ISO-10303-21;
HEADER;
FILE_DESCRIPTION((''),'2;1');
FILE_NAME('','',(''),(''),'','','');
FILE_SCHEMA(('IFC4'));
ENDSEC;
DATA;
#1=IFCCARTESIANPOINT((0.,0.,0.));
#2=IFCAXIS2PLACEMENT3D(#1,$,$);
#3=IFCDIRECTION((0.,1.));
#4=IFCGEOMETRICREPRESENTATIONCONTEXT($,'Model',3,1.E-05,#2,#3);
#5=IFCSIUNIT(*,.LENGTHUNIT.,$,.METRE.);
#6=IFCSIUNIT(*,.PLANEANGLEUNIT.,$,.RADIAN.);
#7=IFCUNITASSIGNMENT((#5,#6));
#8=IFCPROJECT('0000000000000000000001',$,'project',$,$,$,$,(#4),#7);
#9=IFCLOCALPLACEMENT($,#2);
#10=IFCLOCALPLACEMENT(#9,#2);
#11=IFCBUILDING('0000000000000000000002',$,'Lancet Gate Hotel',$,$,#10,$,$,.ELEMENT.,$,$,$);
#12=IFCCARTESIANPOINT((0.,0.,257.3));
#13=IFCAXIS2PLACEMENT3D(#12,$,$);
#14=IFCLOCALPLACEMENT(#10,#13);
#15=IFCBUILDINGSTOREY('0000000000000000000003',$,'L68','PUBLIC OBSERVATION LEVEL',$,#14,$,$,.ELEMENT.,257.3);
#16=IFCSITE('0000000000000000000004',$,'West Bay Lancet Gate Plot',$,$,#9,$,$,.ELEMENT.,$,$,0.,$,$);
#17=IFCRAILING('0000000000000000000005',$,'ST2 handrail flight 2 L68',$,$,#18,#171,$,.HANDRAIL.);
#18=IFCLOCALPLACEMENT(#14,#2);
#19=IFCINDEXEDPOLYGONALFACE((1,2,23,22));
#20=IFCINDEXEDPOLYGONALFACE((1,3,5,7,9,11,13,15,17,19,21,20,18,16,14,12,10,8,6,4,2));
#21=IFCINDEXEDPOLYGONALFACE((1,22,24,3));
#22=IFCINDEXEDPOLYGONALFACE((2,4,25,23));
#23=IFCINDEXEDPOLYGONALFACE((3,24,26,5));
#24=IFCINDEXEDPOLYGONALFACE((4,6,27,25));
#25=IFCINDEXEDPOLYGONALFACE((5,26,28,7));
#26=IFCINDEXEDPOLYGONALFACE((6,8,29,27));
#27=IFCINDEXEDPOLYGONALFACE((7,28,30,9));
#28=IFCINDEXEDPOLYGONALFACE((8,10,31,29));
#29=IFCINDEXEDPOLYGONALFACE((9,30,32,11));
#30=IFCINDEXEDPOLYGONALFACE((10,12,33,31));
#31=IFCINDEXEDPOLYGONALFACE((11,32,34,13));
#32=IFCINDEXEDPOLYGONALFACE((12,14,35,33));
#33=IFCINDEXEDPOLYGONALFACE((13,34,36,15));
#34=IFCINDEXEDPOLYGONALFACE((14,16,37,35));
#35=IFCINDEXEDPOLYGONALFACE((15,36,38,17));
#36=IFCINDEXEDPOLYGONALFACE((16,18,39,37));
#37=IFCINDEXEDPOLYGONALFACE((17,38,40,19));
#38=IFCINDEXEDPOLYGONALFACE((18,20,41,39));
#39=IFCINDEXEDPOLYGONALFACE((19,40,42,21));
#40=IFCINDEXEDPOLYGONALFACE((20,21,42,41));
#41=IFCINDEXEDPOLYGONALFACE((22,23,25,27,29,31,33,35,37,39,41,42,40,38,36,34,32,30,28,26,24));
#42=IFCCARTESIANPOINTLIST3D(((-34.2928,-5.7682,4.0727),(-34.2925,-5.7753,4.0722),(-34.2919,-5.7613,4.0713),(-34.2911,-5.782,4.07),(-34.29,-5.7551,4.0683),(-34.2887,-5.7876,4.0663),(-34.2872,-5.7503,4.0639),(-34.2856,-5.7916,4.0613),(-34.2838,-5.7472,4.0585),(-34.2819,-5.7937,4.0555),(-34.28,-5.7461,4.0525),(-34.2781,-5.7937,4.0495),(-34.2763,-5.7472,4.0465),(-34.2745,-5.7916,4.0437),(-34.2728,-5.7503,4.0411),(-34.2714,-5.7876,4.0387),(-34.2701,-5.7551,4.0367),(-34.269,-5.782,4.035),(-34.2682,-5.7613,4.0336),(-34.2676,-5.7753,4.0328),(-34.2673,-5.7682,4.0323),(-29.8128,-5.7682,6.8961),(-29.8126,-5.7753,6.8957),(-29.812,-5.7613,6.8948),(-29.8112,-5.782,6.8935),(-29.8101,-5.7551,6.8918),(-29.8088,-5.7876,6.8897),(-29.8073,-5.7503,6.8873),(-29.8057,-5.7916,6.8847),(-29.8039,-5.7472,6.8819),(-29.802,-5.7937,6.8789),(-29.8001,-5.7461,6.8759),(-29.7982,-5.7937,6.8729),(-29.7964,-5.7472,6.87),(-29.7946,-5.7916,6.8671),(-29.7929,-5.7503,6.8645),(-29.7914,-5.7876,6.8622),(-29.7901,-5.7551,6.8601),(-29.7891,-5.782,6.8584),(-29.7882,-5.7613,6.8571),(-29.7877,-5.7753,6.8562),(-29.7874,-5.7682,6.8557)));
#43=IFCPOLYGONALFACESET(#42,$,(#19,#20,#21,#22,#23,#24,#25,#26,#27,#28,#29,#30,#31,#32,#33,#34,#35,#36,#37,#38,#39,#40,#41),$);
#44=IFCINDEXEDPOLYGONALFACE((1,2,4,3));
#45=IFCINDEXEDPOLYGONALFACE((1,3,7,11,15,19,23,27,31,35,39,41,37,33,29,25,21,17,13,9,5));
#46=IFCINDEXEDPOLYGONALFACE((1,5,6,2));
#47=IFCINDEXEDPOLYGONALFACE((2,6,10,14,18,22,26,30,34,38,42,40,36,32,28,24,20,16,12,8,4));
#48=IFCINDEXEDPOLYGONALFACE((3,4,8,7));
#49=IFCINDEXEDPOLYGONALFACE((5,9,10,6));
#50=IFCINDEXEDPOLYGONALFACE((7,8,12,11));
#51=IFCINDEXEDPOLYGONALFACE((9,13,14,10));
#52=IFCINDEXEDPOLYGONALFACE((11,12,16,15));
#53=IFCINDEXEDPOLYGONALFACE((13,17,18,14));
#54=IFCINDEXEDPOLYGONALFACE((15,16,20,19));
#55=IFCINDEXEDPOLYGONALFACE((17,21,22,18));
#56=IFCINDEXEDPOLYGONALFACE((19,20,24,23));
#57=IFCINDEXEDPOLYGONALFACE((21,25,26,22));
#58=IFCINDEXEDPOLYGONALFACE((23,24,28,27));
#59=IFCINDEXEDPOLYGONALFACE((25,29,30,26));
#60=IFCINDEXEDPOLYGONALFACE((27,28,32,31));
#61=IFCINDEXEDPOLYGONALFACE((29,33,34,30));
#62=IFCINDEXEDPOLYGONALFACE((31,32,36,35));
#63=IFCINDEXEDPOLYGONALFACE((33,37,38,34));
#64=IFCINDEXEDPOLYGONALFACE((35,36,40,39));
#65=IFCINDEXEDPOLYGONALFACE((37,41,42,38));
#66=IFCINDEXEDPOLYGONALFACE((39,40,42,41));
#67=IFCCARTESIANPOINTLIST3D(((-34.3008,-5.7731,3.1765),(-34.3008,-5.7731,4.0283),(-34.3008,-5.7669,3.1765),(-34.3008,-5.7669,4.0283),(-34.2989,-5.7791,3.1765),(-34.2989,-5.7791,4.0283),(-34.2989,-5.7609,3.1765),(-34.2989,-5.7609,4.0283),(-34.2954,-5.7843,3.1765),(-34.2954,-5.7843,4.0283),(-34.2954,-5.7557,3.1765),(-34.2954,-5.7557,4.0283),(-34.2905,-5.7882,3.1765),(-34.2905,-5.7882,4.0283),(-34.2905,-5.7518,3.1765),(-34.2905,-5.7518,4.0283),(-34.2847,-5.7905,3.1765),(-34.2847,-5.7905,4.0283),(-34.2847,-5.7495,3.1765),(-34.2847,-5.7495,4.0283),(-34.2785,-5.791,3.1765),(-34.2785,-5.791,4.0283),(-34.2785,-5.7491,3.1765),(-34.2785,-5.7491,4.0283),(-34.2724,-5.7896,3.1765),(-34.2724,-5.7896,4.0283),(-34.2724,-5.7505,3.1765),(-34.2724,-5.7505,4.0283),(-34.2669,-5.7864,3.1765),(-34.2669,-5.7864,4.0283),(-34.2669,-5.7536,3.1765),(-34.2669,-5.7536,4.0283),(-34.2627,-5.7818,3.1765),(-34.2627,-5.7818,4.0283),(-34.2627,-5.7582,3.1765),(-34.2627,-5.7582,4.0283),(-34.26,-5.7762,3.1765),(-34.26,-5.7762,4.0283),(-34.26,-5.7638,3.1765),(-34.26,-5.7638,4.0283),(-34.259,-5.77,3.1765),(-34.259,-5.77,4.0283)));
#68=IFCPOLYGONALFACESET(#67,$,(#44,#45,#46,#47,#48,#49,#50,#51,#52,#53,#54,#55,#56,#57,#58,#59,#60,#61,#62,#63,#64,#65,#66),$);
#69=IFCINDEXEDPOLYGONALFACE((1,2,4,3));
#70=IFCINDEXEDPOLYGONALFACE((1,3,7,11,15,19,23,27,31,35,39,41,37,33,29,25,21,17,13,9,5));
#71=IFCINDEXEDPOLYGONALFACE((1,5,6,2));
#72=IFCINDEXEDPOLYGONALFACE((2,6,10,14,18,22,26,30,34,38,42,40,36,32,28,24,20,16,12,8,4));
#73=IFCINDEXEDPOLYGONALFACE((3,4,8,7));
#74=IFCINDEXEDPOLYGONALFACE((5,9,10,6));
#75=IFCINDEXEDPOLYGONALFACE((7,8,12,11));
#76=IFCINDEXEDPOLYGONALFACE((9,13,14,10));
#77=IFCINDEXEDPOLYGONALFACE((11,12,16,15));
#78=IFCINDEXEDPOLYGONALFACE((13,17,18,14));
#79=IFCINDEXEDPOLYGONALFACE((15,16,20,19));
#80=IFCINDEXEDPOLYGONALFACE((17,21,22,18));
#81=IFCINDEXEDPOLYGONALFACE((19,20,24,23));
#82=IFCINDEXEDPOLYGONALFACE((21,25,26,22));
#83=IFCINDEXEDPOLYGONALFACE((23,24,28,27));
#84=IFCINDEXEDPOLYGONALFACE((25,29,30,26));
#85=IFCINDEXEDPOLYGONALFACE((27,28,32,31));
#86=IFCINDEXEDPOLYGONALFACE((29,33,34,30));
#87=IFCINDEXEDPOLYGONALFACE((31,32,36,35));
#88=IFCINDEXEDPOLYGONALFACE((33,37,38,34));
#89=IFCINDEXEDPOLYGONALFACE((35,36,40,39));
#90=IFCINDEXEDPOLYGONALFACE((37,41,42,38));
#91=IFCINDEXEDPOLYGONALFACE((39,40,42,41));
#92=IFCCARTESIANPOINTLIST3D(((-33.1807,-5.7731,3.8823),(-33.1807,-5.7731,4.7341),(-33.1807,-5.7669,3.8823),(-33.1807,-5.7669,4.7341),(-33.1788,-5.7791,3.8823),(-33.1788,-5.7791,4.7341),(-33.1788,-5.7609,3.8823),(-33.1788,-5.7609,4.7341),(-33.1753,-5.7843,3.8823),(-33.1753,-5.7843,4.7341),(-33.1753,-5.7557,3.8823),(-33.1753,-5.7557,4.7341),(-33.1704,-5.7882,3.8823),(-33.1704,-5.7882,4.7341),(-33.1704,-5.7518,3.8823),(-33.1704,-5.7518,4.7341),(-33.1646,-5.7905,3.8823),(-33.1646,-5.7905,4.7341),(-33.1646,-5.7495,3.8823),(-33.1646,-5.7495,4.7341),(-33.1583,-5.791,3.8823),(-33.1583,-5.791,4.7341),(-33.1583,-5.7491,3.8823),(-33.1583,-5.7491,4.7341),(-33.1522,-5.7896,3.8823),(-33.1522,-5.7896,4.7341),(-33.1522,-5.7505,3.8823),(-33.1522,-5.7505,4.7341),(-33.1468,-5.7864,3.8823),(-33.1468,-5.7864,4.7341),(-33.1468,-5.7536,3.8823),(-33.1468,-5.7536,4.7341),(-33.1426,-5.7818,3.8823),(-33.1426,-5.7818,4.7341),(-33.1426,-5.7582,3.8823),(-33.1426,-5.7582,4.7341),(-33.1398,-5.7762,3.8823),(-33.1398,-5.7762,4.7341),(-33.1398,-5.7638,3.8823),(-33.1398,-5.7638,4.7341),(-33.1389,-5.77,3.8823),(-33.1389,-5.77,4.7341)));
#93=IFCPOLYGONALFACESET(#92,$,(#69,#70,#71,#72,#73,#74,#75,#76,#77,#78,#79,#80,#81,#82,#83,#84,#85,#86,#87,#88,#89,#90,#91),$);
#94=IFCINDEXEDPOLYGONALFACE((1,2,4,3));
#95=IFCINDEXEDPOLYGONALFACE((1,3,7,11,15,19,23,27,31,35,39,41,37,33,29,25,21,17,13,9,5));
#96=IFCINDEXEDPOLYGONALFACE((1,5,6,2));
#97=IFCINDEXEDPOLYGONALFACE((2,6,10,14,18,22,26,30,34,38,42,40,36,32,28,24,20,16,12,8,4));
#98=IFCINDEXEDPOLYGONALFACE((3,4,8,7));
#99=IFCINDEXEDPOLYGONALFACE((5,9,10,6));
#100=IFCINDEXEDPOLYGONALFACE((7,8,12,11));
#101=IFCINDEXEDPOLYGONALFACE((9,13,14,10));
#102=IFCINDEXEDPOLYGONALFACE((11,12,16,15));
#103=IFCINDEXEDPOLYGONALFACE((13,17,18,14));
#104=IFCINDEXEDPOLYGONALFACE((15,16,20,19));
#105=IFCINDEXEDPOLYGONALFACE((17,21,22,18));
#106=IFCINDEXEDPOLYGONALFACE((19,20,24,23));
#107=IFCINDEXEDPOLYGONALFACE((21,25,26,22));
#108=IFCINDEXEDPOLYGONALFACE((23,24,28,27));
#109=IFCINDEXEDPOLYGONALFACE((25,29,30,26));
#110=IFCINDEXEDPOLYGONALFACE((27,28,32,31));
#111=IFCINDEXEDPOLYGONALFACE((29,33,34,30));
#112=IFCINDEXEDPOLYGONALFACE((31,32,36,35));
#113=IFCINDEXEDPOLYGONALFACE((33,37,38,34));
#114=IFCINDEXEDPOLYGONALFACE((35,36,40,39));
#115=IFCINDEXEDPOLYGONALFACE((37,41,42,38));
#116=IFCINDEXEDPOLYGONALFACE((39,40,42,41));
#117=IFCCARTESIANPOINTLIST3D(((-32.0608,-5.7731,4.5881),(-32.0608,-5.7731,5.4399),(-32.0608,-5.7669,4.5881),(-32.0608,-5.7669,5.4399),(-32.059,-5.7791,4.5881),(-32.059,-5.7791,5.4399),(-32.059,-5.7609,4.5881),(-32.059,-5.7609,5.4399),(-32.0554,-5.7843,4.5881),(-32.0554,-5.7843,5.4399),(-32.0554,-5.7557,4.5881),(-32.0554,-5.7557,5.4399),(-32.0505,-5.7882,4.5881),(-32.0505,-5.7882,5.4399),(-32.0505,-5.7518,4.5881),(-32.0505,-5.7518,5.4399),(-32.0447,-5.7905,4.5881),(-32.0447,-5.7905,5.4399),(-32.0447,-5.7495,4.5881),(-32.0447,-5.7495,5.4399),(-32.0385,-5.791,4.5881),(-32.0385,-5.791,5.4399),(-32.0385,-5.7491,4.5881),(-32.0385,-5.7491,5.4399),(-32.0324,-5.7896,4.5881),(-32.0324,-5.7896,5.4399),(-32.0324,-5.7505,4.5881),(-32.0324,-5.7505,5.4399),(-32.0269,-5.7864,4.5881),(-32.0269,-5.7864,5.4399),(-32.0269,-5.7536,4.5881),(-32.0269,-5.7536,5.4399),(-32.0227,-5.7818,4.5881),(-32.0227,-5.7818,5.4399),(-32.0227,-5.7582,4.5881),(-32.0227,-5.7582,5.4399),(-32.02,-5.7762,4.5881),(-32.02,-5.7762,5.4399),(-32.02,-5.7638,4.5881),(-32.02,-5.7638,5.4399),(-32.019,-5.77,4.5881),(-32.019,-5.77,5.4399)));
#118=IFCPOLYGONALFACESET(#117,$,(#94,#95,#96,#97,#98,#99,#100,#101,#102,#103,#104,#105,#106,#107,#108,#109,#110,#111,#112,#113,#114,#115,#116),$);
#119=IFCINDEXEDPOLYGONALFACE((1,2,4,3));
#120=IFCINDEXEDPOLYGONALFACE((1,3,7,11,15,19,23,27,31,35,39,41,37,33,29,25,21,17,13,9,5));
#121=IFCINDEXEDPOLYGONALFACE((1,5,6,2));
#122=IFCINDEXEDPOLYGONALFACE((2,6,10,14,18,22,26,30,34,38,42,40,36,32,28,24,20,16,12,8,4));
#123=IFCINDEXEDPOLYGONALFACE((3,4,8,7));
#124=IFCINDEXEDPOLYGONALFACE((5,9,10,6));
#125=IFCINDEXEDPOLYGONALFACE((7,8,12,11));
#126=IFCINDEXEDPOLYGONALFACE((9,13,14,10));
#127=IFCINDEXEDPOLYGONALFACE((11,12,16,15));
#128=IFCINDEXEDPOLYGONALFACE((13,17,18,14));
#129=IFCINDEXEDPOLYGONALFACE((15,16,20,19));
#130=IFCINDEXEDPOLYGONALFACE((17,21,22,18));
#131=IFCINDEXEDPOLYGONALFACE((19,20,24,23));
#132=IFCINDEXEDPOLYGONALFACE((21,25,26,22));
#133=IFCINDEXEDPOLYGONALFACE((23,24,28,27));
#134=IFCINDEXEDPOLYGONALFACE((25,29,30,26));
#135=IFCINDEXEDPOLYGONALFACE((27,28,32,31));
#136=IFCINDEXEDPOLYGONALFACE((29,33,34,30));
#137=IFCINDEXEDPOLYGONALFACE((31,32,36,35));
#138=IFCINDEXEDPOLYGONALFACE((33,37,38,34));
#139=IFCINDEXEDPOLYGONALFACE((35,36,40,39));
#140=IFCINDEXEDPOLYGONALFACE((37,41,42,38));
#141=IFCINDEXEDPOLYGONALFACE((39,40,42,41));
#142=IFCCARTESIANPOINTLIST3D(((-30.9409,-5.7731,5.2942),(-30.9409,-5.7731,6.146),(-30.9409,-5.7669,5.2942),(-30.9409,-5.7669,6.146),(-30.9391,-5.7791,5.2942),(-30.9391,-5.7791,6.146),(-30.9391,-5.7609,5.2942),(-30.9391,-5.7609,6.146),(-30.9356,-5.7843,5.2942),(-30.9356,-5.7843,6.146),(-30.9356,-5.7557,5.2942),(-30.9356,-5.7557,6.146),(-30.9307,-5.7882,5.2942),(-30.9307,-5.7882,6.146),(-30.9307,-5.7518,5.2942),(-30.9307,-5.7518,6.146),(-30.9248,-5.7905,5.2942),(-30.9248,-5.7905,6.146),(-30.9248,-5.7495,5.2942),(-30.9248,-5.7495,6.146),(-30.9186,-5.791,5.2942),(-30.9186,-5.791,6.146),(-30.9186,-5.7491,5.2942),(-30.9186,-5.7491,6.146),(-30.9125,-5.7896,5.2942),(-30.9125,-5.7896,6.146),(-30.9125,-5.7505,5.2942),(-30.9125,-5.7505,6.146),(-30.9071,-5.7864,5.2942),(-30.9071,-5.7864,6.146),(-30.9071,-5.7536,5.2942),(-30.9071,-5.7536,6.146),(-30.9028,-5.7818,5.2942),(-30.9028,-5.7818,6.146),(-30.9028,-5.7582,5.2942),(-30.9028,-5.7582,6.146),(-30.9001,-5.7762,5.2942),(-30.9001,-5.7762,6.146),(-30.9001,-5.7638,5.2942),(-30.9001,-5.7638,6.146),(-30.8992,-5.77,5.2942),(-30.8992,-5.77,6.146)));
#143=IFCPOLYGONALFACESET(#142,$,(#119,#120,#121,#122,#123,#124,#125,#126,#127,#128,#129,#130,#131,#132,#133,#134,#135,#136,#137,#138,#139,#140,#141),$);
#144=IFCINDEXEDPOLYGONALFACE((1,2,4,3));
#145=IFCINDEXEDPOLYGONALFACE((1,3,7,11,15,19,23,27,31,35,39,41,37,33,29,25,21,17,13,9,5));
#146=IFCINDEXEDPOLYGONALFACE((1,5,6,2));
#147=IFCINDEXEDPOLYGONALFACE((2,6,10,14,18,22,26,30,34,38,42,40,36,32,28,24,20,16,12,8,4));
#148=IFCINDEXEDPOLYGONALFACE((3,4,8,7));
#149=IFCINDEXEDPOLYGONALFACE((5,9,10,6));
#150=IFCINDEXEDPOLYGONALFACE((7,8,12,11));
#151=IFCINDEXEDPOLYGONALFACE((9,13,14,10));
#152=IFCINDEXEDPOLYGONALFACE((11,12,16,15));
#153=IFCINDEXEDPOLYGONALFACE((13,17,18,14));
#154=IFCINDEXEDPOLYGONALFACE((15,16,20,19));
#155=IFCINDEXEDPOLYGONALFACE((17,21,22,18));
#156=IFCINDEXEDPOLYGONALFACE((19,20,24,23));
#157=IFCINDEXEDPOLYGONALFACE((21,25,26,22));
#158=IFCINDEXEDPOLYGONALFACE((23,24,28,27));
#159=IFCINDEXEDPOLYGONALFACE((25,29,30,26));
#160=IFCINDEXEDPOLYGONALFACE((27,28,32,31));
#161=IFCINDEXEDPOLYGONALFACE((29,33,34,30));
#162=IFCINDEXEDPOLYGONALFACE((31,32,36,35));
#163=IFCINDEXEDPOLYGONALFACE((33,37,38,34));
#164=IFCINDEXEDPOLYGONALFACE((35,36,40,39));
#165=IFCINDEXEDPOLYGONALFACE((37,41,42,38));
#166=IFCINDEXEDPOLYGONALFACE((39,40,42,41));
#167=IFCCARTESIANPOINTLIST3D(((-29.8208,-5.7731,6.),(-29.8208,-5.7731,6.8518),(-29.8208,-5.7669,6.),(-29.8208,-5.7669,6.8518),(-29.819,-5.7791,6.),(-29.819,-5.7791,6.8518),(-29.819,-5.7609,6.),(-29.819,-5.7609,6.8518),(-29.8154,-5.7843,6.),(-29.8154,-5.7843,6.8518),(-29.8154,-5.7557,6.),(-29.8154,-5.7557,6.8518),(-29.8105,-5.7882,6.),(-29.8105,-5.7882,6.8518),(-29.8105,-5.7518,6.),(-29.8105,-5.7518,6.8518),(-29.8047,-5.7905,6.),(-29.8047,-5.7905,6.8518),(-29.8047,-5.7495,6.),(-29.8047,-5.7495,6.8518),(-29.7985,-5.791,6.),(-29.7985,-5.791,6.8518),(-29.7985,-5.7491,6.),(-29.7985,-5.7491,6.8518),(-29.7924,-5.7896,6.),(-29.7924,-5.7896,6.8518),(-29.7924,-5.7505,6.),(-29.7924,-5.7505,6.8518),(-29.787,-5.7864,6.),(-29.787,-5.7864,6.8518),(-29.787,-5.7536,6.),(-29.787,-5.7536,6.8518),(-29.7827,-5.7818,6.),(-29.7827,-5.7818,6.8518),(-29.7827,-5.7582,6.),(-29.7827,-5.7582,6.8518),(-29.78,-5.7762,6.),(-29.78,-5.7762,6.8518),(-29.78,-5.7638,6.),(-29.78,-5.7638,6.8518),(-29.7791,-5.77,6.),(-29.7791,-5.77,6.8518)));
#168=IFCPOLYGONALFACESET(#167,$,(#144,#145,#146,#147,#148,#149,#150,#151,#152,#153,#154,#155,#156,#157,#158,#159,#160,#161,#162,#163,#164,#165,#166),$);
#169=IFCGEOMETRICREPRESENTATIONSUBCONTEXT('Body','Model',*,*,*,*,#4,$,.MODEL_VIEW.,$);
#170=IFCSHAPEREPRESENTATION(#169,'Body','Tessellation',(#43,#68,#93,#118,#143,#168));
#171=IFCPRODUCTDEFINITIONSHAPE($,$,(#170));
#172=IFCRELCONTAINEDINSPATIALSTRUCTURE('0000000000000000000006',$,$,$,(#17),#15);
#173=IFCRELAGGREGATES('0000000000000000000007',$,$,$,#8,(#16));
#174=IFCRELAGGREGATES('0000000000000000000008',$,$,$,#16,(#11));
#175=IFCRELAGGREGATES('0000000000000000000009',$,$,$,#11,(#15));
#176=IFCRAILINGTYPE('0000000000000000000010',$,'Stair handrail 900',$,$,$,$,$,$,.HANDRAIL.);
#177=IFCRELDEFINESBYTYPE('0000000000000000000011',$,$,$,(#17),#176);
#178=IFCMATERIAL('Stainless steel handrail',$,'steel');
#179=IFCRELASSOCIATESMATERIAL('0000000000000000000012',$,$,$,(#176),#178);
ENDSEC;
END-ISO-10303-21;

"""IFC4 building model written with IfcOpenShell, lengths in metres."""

from ifc_helpers import new_model, si_unit, direction, frame, origin, origin_2d, place, context, subcontext, project, spatial, circle, extrude, material, type_object, element, save


model = new_model("IFC4")

# Units and contexts
model_context = context("Model", 3, precision=1e-05, world=origin(), true_north=direction((0.0, 1.0)))
body_context = subcontext(model_context, "Body", "Model", "MODEL_VIEW")
ifc_project = project(units=[si_unit("LENGTHUNIT", "METRE"), si_unit("PLANEANGLEUNIT", "RADIAN")], contexts=[model_context])

# Site, building, storey
site_placement = place(None, origin())
site = spatial("IfcSite", under=ifc_project, at=site_placement, Name="West Bay Lancet Gate Plot", CompositionType="ELEMENT", RefElevation=0.0)
building_placement = place(site_placement, origin())
building = spatial("IfcBuilding", under=site, at=building_placement, Name="Lancet Gate Hotel", CompositionType="ELEMENT")
storey_placement = place(building_placement, frame((0.0, 0.0, 257.3)))
storey = spatial("IfcBuildingStorey", under=building, at=storey_placement, Name="L68", Description="PUBLIC OBSERVATION LEVEL", CompositionType="ELEMENT", Elevation=257.3)

# Railing
ifc_material_1 = material(Name="Stainless steel handrail", Category="steel")
railing_type = type_object("IfcRailingType", Name="Stair handrail 900", PredefinedType="HANDRAIL", material=ifc_material_1)
railing_1_placement = place(storey_placement, frame((-34.28, -5.77, 3.1765)))
element("IfcRailing", 1, at=railing_1_placement, inside=storey, type_object=railing_type, Name="ST2 handrail flight 2 L68", PredefinedType="HANDRAIL", context=body_context, shape_type="SweptSolid", body=[
    extrude(circle(Radius=0.0239, at=origin_2d()), frame((0.0, 0.0, 0.876), z_axis=(0.845998, 0.0, 0.533186), x_axis=(0.0, 1.0, 0.0)), (0.0, 0.0, 1.0), 5.2954),
    extrude(circle(Radius=0.021, at=origin_2d()), origin(), (0.0, 0.0, 1.0), 0.8518),
    extrude(circle(Radius=0.021, at=origin_2d()), frame((1.1201, 0.0, 0.7058)), (0.0, 0.0, 1.0), 0.8518),
    extrude(circle(Radius=0.021, at=origin_2d()), frame((2.24, 0.0, 1.4116)), (0.0, 0.0, 1.0), 0.8518),
    extrude(circle(Radius=0.021, at=origin_2d()), frame((3.3599, 0.0, 2.1177)), (0.0, 0.0, 1.0), 0.8518),
    extrude(circle(Radius=0.021, at=origin_2d()), frame((4.48, 0.0, 2.8235)), (0.0, 0.0, 1.0), 0.8518),
])

save(model, "model.ifc")
